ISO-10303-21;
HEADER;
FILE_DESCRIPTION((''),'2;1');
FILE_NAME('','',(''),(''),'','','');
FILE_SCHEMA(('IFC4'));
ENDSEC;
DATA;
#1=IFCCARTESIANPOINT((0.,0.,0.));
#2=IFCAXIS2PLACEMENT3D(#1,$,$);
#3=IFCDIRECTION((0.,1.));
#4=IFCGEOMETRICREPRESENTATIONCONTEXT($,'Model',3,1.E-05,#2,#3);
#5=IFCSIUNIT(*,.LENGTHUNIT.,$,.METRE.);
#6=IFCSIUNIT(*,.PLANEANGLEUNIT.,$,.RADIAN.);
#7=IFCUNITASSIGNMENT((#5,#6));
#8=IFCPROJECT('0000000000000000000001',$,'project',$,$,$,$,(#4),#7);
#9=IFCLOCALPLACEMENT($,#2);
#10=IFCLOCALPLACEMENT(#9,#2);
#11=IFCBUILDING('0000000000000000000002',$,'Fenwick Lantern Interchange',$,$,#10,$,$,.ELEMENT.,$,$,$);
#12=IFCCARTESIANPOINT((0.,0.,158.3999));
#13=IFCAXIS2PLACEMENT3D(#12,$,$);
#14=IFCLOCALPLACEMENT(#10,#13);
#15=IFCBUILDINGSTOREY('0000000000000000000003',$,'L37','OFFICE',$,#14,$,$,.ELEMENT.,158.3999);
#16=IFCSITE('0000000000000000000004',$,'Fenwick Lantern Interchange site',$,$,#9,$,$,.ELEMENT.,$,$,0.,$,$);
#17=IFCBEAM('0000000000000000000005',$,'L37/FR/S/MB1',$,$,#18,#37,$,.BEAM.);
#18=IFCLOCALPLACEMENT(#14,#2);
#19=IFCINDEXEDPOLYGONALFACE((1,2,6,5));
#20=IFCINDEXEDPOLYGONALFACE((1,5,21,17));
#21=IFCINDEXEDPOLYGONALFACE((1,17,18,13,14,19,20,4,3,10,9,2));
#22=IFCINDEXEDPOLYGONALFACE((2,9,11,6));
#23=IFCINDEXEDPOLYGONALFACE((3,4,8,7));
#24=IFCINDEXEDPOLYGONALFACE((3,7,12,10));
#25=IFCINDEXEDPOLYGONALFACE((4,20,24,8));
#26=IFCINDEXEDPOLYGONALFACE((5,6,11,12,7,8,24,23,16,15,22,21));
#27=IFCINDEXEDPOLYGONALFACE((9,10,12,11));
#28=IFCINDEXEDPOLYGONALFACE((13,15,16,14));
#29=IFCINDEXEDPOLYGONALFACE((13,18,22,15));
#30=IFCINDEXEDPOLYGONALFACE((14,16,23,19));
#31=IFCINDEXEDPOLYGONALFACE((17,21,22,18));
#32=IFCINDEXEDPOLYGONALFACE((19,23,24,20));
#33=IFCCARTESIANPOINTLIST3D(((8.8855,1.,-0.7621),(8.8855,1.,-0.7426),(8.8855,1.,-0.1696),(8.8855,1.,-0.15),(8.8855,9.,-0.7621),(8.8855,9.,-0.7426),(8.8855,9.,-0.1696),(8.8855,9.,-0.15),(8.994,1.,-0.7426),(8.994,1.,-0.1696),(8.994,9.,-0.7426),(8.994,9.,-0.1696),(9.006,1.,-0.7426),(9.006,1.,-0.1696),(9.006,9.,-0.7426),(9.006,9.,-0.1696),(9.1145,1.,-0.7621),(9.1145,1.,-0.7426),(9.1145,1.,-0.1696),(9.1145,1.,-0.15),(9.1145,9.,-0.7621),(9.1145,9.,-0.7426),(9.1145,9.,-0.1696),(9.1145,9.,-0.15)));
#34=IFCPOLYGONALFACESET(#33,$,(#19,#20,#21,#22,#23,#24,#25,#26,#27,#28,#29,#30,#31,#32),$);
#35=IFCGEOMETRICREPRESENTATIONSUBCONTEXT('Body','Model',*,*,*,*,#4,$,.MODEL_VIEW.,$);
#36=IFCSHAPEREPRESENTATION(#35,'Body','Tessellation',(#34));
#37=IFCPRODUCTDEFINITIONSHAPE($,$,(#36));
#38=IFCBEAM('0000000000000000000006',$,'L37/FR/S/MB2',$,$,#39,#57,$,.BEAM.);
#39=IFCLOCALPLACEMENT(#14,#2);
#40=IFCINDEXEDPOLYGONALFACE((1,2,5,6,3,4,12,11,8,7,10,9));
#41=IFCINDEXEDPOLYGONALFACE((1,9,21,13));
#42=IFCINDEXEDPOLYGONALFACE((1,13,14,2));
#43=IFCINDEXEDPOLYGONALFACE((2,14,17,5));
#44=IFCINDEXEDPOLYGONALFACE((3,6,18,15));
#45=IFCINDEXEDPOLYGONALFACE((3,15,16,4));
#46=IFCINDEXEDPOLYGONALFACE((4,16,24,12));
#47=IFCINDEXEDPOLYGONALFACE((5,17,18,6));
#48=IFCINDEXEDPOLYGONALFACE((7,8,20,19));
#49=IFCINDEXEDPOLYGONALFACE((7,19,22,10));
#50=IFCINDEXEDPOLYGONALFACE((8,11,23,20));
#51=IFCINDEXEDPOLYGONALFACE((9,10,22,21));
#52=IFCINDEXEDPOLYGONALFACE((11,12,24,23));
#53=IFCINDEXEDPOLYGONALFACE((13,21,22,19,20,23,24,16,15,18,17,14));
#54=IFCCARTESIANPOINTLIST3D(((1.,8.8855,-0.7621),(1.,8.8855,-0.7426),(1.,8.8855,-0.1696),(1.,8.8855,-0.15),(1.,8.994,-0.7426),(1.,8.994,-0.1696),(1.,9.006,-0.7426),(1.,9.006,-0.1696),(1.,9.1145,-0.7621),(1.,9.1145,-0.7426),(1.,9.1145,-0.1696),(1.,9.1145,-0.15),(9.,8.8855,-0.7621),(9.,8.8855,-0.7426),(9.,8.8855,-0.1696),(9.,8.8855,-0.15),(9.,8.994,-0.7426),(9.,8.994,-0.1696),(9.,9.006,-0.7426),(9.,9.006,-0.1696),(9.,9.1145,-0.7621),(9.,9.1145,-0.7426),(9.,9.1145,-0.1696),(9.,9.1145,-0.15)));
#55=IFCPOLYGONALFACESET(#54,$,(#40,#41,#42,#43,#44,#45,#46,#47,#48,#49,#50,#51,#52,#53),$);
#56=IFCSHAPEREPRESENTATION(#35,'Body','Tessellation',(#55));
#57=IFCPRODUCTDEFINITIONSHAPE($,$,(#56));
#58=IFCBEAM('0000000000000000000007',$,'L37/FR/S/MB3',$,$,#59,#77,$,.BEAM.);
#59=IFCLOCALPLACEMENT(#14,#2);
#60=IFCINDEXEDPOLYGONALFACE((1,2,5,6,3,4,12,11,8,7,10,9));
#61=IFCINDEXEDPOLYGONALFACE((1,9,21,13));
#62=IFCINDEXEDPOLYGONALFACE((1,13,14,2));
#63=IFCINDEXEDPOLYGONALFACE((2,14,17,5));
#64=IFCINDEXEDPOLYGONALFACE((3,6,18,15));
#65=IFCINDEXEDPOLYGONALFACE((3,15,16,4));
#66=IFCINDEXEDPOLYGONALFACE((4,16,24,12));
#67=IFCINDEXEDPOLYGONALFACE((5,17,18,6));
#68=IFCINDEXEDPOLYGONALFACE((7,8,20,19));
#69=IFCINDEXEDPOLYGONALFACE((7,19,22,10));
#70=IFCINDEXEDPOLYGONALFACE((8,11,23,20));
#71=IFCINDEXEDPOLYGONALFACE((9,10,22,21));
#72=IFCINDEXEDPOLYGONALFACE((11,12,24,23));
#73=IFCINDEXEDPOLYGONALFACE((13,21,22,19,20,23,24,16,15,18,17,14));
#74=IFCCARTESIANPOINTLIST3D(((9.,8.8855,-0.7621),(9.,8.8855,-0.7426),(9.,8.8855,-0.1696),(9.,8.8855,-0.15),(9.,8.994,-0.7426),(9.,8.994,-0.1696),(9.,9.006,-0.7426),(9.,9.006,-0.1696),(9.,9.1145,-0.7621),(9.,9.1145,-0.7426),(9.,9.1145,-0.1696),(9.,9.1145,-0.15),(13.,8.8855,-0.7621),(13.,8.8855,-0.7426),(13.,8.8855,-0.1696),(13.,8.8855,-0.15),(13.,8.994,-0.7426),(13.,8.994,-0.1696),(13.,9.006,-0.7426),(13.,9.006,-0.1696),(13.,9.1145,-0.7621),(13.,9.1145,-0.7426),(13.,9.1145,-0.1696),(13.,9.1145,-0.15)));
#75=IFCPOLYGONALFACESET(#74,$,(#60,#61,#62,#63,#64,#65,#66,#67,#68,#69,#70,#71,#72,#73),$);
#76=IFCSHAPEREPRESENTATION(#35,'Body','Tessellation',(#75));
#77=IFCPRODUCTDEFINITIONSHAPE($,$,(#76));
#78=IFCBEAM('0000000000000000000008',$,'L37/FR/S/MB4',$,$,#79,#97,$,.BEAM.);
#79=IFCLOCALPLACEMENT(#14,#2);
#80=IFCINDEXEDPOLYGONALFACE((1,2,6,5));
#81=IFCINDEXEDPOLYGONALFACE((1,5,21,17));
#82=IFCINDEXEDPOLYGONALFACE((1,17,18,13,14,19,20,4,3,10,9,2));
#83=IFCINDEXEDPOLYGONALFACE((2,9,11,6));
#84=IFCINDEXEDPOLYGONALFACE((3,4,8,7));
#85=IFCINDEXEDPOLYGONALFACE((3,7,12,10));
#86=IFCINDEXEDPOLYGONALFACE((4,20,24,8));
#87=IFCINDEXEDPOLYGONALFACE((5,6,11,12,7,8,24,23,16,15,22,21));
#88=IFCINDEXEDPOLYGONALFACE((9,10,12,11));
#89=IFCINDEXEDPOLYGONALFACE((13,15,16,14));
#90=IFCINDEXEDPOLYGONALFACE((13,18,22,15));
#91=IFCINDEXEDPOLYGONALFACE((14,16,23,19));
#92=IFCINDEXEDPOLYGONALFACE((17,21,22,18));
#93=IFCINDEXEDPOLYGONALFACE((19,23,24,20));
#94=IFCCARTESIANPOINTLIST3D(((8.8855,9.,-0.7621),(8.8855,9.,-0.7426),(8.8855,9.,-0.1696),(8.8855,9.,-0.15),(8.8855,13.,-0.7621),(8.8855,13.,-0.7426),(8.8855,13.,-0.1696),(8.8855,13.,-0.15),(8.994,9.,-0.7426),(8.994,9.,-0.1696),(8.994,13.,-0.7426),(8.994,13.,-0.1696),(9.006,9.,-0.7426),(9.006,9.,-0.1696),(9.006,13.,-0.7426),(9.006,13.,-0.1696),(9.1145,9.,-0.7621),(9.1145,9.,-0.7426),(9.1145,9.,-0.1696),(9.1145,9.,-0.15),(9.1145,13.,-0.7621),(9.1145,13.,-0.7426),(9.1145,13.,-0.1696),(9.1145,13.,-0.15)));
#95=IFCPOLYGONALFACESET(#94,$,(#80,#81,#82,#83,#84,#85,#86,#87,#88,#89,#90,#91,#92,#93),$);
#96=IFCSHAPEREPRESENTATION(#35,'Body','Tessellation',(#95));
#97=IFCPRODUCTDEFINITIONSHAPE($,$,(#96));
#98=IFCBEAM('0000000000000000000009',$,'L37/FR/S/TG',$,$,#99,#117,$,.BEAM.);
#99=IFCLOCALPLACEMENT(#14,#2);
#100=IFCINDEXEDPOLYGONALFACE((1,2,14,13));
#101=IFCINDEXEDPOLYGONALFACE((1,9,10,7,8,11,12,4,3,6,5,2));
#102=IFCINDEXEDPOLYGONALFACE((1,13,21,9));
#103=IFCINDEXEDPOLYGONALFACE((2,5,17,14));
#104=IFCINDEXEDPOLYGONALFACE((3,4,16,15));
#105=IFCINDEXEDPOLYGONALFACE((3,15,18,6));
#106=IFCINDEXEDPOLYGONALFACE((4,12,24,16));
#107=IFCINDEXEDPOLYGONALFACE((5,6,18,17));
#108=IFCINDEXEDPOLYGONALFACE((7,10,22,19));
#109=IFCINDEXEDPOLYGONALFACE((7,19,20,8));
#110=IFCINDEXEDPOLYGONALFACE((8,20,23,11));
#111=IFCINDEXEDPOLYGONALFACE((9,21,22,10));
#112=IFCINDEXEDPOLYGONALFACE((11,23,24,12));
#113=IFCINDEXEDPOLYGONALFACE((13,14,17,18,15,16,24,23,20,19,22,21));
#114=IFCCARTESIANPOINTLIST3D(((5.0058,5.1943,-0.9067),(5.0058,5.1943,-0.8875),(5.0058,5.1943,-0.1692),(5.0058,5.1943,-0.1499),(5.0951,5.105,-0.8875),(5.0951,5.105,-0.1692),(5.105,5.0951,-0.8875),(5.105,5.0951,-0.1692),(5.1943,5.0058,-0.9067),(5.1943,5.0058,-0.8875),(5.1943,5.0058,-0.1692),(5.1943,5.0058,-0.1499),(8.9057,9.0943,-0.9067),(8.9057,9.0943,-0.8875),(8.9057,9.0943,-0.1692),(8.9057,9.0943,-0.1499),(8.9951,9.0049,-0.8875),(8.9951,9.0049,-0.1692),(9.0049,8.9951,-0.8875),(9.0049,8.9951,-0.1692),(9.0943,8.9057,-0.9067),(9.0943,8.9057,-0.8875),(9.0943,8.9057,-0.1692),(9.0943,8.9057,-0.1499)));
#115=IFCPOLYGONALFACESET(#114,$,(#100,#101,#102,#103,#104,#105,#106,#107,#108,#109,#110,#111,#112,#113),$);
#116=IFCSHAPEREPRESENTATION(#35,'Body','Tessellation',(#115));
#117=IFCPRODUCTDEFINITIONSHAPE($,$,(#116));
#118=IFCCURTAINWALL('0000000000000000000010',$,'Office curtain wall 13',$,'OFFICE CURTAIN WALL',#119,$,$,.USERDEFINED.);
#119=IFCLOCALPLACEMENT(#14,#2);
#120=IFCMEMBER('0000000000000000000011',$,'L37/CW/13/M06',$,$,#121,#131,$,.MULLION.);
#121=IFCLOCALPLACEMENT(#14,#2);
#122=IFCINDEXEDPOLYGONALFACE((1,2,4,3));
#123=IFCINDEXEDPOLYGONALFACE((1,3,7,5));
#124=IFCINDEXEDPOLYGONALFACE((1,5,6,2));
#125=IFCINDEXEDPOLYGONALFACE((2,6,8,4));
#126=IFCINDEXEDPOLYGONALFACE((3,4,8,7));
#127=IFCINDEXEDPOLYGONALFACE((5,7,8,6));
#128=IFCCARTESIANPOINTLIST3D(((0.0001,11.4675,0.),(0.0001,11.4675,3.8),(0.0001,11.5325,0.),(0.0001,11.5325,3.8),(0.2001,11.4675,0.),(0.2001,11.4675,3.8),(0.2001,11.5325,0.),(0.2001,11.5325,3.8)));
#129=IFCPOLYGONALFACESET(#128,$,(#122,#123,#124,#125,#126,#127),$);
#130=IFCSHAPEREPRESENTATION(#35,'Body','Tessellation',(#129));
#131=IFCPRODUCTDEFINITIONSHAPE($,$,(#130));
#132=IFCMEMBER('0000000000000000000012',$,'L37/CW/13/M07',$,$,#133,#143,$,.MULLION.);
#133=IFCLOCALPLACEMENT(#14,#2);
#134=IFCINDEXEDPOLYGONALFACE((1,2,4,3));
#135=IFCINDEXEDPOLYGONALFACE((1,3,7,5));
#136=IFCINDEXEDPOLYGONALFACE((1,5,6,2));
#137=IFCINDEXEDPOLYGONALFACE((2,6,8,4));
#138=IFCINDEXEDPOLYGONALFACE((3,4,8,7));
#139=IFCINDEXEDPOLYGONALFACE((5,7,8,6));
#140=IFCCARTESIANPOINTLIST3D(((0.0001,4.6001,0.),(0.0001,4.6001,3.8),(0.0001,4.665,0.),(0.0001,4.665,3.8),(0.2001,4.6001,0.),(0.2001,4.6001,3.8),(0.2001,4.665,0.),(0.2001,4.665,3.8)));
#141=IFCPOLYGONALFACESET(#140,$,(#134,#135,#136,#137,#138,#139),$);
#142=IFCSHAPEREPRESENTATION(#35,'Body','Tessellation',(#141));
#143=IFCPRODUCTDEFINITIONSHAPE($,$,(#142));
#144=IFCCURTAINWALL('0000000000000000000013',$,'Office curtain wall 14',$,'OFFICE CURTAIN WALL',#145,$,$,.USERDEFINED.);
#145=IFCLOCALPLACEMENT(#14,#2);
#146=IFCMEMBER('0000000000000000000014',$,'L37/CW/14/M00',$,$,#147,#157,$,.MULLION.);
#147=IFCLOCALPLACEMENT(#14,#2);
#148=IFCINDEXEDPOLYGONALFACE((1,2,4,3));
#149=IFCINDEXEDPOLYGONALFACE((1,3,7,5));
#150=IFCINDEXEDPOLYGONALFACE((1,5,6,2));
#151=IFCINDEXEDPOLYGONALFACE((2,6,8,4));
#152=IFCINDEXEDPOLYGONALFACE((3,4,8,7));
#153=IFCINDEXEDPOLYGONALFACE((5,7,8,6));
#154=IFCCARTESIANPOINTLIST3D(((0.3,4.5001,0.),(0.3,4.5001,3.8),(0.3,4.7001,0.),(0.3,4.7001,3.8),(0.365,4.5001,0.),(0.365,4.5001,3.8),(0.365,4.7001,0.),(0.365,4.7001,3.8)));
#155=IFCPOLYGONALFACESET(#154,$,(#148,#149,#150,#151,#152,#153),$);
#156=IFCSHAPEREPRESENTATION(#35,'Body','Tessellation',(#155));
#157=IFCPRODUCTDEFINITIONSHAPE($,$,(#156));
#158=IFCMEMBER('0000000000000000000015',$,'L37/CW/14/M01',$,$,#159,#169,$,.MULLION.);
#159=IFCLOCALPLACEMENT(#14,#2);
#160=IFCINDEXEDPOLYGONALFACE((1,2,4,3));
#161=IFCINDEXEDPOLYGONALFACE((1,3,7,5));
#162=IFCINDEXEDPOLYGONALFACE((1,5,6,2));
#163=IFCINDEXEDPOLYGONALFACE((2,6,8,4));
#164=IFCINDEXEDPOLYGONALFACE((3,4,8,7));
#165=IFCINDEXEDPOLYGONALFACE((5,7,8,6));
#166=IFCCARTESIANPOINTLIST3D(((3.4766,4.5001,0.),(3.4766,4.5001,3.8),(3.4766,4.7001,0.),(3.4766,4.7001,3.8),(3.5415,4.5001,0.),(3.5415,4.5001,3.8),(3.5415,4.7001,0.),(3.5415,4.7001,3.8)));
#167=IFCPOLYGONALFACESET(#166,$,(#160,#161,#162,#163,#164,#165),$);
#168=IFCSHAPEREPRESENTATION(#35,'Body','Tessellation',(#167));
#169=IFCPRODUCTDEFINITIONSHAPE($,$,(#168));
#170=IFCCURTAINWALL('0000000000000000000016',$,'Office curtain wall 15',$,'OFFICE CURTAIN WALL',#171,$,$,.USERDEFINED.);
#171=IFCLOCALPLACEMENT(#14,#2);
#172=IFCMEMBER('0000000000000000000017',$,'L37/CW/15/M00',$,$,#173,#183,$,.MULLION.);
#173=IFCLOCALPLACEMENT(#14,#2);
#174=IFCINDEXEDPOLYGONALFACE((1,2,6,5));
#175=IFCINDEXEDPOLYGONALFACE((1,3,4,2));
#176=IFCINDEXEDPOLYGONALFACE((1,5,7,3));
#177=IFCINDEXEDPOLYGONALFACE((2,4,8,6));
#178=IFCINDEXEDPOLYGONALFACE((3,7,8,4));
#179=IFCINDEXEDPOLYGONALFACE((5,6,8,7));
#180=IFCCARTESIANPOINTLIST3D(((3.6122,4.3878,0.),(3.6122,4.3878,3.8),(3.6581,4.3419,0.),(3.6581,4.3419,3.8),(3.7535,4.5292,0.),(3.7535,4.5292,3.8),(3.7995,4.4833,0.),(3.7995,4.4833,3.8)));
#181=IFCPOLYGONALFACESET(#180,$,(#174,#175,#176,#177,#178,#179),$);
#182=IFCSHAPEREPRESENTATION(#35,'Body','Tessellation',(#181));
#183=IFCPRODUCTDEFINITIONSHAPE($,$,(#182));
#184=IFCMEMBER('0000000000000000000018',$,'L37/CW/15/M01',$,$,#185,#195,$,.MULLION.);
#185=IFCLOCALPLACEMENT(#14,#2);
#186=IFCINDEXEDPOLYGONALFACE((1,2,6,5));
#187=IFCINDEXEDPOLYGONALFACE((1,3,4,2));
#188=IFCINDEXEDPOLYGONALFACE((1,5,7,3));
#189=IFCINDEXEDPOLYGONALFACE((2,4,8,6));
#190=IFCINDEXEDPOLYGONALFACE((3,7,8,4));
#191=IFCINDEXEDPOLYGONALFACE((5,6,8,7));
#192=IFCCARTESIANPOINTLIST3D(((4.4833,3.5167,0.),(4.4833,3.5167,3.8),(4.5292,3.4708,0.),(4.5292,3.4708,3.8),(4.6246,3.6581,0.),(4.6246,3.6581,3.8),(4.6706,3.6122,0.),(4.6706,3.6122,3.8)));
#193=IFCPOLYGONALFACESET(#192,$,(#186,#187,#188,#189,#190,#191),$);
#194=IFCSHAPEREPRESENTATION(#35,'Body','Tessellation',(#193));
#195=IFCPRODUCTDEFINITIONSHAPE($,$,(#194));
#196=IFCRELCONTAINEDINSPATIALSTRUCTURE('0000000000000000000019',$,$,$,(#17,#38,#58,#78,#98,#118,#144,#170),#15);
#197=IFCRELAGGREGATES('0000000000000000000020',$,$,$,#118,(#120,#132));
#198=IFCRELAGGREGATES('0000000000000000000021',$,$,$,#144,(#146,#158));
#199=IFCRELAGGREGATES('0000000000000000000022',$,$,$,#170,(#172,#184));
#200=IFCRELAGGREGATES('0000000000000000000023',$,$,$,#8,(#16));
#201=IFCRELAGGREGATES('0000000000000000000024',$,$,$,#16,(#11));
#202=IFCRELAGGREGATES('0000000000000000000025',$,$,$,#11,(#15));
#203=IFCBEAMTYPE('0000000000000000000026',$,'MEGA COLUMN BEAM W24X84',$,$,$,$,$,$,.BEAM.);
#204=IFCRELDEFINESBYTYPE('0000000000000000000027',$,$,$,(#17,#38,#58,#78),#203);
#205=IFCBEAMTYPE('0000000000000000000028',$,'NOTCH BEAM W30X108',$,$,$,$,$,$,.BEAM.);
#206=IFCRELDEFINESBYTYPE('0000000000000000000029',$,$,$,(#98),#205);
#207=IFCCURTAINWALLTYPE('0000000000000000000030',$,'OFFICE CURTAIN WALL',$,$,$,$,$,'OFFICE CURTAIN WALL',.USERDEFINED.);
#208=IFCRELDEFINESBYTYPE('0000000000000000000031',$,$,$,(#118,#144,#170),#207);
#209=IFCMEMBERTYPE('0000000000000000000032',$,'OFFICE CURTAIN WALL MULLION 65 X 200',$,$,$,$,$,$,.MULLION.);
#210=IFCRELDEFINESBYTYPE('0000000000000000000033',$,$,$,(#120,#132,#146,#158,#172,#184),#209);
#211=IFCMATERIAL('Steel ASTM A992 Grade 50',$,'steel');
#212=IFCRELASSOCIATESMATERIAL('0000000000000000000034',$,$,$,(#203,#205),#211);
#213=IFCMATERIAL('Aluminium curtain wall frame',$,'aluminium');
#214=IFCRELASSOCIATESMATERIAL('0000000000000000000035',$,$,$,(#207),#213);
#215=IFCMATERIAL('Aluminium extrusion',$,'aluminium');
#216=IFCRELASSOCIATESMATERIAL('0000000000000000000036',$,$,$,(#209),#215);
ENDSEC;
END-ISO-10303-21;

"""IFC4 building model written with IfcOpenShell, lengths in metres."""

from ifc_helpers import new_model, si_unit, direction, frame, origin, origin_2d, place, context, subcontext, project, spatial, rectangle, i_section, extrude, material, material_profile, profile_set, type_object, element, aggregate, save


model = new_model("IFC4")

# Units and contexts
model_context = context("Model", 3, precision=1e-05, world=origin(), true_north=direction((0.0, 1.0)))
body_context = subcontext(model_context, "Body", "Model", "MODEL_VIEW")
ifc_project = project(units=[si_unit("LENGTHUNIT", "METRE"), si_unit("PLANEANGLEUNIT", "RADIAN")], contexts=[model_context])

# Site, building, storey
site_placement = place(None, origin())
site = spatial("IfcSite", under=ifc_project, at=site_placement, Name="Fenwick Lantern Interchange site", CompositionType="ELEMENT", RefElevation=0.0)
building_placement = place(site_placement, origin())
building = spatial("IfcBuilding", under=site, at=building_placement, Name="Fenwick Lantern Interchange", CompositionType="ELEMENT")
storey_placement = place(building_placement, frame((0.0, 0.0, 158.3999)))
storey = spatial("IfcBuildingStorey", under=building, at=storey_placement, Name="L37", Description="OFFICE", CompositionType="ELEMENT", Elevation=158.3999)

# Shared definitions
ifc_material_1 = material(Name="Steel ASTM A992 Grade 50", Category="steel")

# Beams
ifc_material_profile_1 = material_profile(ifc_material_1, i_section(OverallWidth=0.229, OverallDepth=0.6121, WebThickness=0.012, FlangeThickness=0.0195, at=origin_2d()), Name="W24X84")
ifc_profile_set_1 = profile_set([ifc_material_profile_1], Name="Steel ASTM A992 Grade 50")
beam_type_1 = type_object("IfcBeamType", Name="MEGA COLUMN BEAM W24X84", PredefinedType="BEAM", material=ifc_profile_set_1)
for number, where, z_axis, x_axis, name in (
    (1, (9.0, 9.0, -0.4561), (0.0, -1.0, 0.0), (1.0, 0.0, 0.0), "L37/FR/S/MB1"),
    (2, (9.0, 9.0, -0.4561), (-1.0, 0.0, 0.0), (0.0, -1.0, 0.0), "L37/FR/S/MB2"),
):
    element("IfcBeam", number, at=place(storey_placement, frame(where, z_axis=z_axis, x_axis=x_axis)), inside=storey, type_object=beam_type_1, Name=name, PredefinedType="BEAM", context=body_context, shape_type="SweptSolid", body=[
        extrude(i_section(OverallWidth=0.229, OverallDepth=0.6121, WebThickness=0.012, FlangeThickness=0.0195, at=origin_2d()), origin(), (0.0, 0.0, 1.0), 8.0),
    ])
for number, where, z_axis, x_axis, name in (
    (3, (9.0, 9.0, -0.4561), (1.0, 0.0, 0.0), (0.0, 1.0, 0.0), "L37/FR/S/MB3"),
    (4, (9.0, 9.0, -0.4561), (0.0, 1.0, 0.0), (-1.0, 0.0, 0.0), "L37/FR/S/MB4"),
):
    element("IfcBeam", number, at=place(storey_placement, frame(where, z_axis=z_axis, x_axis=x_axis)), inside=storey, type_object=beam_type_1, Name=name, PredefinedType="BEAM", context=body_context, shape_type="SweptSolid", body=[
        extrude(i_section(OverallWidth=0.229, OverallDepth=0.6121, WebThickness=0.012, FlangeThickness=0.0195, at=origin_2d()), origin(), (0.0, 0.0, 1.0), 4.0),
    ])
ifc_material_profile_2 = material_profile(ifc_material_1, i_section(OverallWidth=0.2666, OverallDepth=0.7568, WebThickness=0.0139, FlangeThickness=0.0193, at=origin_2d()), Name="W30X108")
ifc_profile_set_2 = profile_set([ifc_material_profile_2], Name="Steel ASTM A992 Grade 50")
beam_type_2 = type_object("IfcBeamType", Name="NOTCH BEAM W30X108", PredefinedType="BEAM", material=ifc_profile_set_2)
beam_1_placement = place(storey_placement, frame((9.0, 9.0, -0.5283), z_axis=(-0.707107, -0.707107, 0.0), x_axis=(0.707107, -0.707107, 0.0)))
element("IfcBeam", 5, at=beam_1_placement, inside=storey, type_object=beam_type_2, Name="L37/FR/S/TG", PredefinedType="BEAM", context=body_context, shape_type="SweptSolid", body=[
    extrude(i_section(OverallWidth=0.2666, OverallDepth=0.7568, WebThickness=0.0139, FlangeThickness=0.0193, at=origin_2d()), origin(), (0.0, 0.0, 1.0), 5.5154),
])

# Curtain walls, members
ifc_material_2 = material(Name="Aluminium curtain wall frame", Category="aluminium")
curtain_wall_type = type_object("IfcCurtainWallType", Name="OFFICE CURTAIN WALL", ElementType="OFFICE CURTAIN WALL", PredefinedType="USERDEFINED", material=ifc_material_2)
curtain_wall_1_placement = place(storey_placement, origin())
curtain_wall_1 = element("IfcCurtainWall", 6, at=curtain_wall_1_placement, inside=storey, type_object=curtain_wall_type, Name="Office curtain wall 13", ObjectType="OFFICE CURTAIN WALL", PredefinedType="USERDEFINED")
ifc_material_3 = material(Name="Aluminium extrusion", Category="aluminium")
ifc_material_profile_3 = material_profile(ifc_material_3, rectangle(XDim=0.2, YDim=0.0649, at=origin_2d()), Name="OFFICE CURTAIN WALL MULLION 65 X 200")
ifc_profile_set_3 = profile_set([ifc_material_profile_3], Name="Aluminium extrusion")
member_type_1 = type_object("IfcMemberType", Name="OFFICE CURTAIN WALL MULLION 65 X 200", PredefinedType="MULLION", material=ifc_profile_set_3)
member_1_placement = place(storey_placement, frame((0.1001, 11.5, 0.0), z_axis=(0.0, 0.0, 1.0), x_axis=(1.0, 0.0, 0.0)))
member_1 = element("IfcMember", 7, at=member_1_placement, type_object=member_type_1, Name="L37/CW/13/M06", PredefinedType="MULLION", context=body_context, shape_type="SweptSolid", body=[
    extrude(rectangle(XDim=0.2, YDim=0.0649, at=origin_2d()), origin(), (0.0, 0.0, 1.0), 3.8),
])
member_2_placement = place(storey_placement, frame((0.1001, 4.6326, 0.0), z_axis=(0.0, 0.0, 1.0), x_axis=(1.0, 0.0, 0.0)))
member_2 = element("IfcMember", 8, at=member_2_placement, type_object=member_type_1, Name="L37/CW/13/M07", PredefinedType="MULLION", context=body_context, shape_type="SweptSolid", body=[
    extrude(rectangle(XDim=0.2, YDim=0.0649, at=origin_2d()), origin(), (0.0, 0.0, 1.0), 3.8),
])
curtain_wall_2_placement = place(storey_placement, origin())
curtain_wall_2 = element("IfcCurtainWall", 9, at=curtain_wall_2_placement, inside=storey, type_object=curtain_wall_type, Name="Office curtain wall 14", ObjectType="OFFICE CURTAIN WALL", PredefinedType="USERDEFINED")
member_3_placement = place(storey_placement, frame((0.3325, 4.6001, 0.0), z_axis=(0.0, 0.0, 1.0), x_axis=(0.0, 1.0, 0.0)))
member_3 = element("IfcMember", 10, at=member_3_placement, type_object=member_type_1, Name="L37/CW/14/M00", PredefinedType="MULLION", context=body_context, shape_type="SweptSolid", body=[
    extrude(rectangle(XDim=0.2, YDim=0.0649, at=origin_2d()), origin(), (0.0, 0.0, 1.0), 3.8),
])
member_4_placement = place(storey_placement, frame((3.509, 4.6001, 0.0), z_axis=(0.0, 0.0, 1.0), x_axis=(0.0, 1.0, 0.0)))
member_4 = element("IfcMember", 11, at=member_4_placement, type_object=member_type_1, Name="L37/CW/14/M01", PredefinedType="MULLION", context=body_context, shape_type="SweptSolid", body=[
    extrude(rectangle(XDim=0.2, YDim=0.0649, at=origin_2d()), origin(), (0.0, 0.0, 1.0), 3.8),
])
curtain_wall_3_placement = place(storey_placement, origin())
curtain_wall_3 = element("IfcCurtainWall", 12, at=curtain_wall_3_placement, inside=storey, type_object=curtain_wall_type, Name="Office curtain wall 15", ObjectType="OFFICE CURTAIN WALL", PredefinedType="USERDEFINED")
member_5_placement = place(storey_placement, frame((3.7058, 4.4355, 0.0), z_axis=(0.0, 0.0, 1.0), x_axis=(0.707107, 0.707107, 0.0)))
member_5 = element("IfcMember", 13, at=member_5_placement, type_object=member_type_1, Name="L37/CW/15/M00", PredefinedType="MULLION", context=body_context, shape_type="SweptSolid", body=[
    extrude(rectangle(XDim=0.2, YDim=0.0649, at=origin_2d()), origin(), (0.0, 0.0, 1.0), 3.8),
])
member_6_placement = place(storey_placement, frame((4.5769, 3.5645, 0.0), z_axis=(0.0, 0.0, 1.0), x_axis=(0.707107, 0.707107, 0.0)))
member_6 = element("IfcMember", 14, at=member_6_placement, type_object=member_type_1, Name="L37/CW/15/M01", PredefinedType="MULLION", context=body_context, shape_type="SweptSolid", body=[
    extrude(rectangle(XDim=0.2, YDim=0.0649, at=origin_2d()), origin(), (0.0, 0.0, 1.0), 3.8),
])

aggregate(curtain_wall_1, [member_1, member_2])

aggregate(curtain_wall_2, [member_3, member_4])
aggregate(curtain_wall_3, [member_5, member_6])

save(model, "model.ifc")
